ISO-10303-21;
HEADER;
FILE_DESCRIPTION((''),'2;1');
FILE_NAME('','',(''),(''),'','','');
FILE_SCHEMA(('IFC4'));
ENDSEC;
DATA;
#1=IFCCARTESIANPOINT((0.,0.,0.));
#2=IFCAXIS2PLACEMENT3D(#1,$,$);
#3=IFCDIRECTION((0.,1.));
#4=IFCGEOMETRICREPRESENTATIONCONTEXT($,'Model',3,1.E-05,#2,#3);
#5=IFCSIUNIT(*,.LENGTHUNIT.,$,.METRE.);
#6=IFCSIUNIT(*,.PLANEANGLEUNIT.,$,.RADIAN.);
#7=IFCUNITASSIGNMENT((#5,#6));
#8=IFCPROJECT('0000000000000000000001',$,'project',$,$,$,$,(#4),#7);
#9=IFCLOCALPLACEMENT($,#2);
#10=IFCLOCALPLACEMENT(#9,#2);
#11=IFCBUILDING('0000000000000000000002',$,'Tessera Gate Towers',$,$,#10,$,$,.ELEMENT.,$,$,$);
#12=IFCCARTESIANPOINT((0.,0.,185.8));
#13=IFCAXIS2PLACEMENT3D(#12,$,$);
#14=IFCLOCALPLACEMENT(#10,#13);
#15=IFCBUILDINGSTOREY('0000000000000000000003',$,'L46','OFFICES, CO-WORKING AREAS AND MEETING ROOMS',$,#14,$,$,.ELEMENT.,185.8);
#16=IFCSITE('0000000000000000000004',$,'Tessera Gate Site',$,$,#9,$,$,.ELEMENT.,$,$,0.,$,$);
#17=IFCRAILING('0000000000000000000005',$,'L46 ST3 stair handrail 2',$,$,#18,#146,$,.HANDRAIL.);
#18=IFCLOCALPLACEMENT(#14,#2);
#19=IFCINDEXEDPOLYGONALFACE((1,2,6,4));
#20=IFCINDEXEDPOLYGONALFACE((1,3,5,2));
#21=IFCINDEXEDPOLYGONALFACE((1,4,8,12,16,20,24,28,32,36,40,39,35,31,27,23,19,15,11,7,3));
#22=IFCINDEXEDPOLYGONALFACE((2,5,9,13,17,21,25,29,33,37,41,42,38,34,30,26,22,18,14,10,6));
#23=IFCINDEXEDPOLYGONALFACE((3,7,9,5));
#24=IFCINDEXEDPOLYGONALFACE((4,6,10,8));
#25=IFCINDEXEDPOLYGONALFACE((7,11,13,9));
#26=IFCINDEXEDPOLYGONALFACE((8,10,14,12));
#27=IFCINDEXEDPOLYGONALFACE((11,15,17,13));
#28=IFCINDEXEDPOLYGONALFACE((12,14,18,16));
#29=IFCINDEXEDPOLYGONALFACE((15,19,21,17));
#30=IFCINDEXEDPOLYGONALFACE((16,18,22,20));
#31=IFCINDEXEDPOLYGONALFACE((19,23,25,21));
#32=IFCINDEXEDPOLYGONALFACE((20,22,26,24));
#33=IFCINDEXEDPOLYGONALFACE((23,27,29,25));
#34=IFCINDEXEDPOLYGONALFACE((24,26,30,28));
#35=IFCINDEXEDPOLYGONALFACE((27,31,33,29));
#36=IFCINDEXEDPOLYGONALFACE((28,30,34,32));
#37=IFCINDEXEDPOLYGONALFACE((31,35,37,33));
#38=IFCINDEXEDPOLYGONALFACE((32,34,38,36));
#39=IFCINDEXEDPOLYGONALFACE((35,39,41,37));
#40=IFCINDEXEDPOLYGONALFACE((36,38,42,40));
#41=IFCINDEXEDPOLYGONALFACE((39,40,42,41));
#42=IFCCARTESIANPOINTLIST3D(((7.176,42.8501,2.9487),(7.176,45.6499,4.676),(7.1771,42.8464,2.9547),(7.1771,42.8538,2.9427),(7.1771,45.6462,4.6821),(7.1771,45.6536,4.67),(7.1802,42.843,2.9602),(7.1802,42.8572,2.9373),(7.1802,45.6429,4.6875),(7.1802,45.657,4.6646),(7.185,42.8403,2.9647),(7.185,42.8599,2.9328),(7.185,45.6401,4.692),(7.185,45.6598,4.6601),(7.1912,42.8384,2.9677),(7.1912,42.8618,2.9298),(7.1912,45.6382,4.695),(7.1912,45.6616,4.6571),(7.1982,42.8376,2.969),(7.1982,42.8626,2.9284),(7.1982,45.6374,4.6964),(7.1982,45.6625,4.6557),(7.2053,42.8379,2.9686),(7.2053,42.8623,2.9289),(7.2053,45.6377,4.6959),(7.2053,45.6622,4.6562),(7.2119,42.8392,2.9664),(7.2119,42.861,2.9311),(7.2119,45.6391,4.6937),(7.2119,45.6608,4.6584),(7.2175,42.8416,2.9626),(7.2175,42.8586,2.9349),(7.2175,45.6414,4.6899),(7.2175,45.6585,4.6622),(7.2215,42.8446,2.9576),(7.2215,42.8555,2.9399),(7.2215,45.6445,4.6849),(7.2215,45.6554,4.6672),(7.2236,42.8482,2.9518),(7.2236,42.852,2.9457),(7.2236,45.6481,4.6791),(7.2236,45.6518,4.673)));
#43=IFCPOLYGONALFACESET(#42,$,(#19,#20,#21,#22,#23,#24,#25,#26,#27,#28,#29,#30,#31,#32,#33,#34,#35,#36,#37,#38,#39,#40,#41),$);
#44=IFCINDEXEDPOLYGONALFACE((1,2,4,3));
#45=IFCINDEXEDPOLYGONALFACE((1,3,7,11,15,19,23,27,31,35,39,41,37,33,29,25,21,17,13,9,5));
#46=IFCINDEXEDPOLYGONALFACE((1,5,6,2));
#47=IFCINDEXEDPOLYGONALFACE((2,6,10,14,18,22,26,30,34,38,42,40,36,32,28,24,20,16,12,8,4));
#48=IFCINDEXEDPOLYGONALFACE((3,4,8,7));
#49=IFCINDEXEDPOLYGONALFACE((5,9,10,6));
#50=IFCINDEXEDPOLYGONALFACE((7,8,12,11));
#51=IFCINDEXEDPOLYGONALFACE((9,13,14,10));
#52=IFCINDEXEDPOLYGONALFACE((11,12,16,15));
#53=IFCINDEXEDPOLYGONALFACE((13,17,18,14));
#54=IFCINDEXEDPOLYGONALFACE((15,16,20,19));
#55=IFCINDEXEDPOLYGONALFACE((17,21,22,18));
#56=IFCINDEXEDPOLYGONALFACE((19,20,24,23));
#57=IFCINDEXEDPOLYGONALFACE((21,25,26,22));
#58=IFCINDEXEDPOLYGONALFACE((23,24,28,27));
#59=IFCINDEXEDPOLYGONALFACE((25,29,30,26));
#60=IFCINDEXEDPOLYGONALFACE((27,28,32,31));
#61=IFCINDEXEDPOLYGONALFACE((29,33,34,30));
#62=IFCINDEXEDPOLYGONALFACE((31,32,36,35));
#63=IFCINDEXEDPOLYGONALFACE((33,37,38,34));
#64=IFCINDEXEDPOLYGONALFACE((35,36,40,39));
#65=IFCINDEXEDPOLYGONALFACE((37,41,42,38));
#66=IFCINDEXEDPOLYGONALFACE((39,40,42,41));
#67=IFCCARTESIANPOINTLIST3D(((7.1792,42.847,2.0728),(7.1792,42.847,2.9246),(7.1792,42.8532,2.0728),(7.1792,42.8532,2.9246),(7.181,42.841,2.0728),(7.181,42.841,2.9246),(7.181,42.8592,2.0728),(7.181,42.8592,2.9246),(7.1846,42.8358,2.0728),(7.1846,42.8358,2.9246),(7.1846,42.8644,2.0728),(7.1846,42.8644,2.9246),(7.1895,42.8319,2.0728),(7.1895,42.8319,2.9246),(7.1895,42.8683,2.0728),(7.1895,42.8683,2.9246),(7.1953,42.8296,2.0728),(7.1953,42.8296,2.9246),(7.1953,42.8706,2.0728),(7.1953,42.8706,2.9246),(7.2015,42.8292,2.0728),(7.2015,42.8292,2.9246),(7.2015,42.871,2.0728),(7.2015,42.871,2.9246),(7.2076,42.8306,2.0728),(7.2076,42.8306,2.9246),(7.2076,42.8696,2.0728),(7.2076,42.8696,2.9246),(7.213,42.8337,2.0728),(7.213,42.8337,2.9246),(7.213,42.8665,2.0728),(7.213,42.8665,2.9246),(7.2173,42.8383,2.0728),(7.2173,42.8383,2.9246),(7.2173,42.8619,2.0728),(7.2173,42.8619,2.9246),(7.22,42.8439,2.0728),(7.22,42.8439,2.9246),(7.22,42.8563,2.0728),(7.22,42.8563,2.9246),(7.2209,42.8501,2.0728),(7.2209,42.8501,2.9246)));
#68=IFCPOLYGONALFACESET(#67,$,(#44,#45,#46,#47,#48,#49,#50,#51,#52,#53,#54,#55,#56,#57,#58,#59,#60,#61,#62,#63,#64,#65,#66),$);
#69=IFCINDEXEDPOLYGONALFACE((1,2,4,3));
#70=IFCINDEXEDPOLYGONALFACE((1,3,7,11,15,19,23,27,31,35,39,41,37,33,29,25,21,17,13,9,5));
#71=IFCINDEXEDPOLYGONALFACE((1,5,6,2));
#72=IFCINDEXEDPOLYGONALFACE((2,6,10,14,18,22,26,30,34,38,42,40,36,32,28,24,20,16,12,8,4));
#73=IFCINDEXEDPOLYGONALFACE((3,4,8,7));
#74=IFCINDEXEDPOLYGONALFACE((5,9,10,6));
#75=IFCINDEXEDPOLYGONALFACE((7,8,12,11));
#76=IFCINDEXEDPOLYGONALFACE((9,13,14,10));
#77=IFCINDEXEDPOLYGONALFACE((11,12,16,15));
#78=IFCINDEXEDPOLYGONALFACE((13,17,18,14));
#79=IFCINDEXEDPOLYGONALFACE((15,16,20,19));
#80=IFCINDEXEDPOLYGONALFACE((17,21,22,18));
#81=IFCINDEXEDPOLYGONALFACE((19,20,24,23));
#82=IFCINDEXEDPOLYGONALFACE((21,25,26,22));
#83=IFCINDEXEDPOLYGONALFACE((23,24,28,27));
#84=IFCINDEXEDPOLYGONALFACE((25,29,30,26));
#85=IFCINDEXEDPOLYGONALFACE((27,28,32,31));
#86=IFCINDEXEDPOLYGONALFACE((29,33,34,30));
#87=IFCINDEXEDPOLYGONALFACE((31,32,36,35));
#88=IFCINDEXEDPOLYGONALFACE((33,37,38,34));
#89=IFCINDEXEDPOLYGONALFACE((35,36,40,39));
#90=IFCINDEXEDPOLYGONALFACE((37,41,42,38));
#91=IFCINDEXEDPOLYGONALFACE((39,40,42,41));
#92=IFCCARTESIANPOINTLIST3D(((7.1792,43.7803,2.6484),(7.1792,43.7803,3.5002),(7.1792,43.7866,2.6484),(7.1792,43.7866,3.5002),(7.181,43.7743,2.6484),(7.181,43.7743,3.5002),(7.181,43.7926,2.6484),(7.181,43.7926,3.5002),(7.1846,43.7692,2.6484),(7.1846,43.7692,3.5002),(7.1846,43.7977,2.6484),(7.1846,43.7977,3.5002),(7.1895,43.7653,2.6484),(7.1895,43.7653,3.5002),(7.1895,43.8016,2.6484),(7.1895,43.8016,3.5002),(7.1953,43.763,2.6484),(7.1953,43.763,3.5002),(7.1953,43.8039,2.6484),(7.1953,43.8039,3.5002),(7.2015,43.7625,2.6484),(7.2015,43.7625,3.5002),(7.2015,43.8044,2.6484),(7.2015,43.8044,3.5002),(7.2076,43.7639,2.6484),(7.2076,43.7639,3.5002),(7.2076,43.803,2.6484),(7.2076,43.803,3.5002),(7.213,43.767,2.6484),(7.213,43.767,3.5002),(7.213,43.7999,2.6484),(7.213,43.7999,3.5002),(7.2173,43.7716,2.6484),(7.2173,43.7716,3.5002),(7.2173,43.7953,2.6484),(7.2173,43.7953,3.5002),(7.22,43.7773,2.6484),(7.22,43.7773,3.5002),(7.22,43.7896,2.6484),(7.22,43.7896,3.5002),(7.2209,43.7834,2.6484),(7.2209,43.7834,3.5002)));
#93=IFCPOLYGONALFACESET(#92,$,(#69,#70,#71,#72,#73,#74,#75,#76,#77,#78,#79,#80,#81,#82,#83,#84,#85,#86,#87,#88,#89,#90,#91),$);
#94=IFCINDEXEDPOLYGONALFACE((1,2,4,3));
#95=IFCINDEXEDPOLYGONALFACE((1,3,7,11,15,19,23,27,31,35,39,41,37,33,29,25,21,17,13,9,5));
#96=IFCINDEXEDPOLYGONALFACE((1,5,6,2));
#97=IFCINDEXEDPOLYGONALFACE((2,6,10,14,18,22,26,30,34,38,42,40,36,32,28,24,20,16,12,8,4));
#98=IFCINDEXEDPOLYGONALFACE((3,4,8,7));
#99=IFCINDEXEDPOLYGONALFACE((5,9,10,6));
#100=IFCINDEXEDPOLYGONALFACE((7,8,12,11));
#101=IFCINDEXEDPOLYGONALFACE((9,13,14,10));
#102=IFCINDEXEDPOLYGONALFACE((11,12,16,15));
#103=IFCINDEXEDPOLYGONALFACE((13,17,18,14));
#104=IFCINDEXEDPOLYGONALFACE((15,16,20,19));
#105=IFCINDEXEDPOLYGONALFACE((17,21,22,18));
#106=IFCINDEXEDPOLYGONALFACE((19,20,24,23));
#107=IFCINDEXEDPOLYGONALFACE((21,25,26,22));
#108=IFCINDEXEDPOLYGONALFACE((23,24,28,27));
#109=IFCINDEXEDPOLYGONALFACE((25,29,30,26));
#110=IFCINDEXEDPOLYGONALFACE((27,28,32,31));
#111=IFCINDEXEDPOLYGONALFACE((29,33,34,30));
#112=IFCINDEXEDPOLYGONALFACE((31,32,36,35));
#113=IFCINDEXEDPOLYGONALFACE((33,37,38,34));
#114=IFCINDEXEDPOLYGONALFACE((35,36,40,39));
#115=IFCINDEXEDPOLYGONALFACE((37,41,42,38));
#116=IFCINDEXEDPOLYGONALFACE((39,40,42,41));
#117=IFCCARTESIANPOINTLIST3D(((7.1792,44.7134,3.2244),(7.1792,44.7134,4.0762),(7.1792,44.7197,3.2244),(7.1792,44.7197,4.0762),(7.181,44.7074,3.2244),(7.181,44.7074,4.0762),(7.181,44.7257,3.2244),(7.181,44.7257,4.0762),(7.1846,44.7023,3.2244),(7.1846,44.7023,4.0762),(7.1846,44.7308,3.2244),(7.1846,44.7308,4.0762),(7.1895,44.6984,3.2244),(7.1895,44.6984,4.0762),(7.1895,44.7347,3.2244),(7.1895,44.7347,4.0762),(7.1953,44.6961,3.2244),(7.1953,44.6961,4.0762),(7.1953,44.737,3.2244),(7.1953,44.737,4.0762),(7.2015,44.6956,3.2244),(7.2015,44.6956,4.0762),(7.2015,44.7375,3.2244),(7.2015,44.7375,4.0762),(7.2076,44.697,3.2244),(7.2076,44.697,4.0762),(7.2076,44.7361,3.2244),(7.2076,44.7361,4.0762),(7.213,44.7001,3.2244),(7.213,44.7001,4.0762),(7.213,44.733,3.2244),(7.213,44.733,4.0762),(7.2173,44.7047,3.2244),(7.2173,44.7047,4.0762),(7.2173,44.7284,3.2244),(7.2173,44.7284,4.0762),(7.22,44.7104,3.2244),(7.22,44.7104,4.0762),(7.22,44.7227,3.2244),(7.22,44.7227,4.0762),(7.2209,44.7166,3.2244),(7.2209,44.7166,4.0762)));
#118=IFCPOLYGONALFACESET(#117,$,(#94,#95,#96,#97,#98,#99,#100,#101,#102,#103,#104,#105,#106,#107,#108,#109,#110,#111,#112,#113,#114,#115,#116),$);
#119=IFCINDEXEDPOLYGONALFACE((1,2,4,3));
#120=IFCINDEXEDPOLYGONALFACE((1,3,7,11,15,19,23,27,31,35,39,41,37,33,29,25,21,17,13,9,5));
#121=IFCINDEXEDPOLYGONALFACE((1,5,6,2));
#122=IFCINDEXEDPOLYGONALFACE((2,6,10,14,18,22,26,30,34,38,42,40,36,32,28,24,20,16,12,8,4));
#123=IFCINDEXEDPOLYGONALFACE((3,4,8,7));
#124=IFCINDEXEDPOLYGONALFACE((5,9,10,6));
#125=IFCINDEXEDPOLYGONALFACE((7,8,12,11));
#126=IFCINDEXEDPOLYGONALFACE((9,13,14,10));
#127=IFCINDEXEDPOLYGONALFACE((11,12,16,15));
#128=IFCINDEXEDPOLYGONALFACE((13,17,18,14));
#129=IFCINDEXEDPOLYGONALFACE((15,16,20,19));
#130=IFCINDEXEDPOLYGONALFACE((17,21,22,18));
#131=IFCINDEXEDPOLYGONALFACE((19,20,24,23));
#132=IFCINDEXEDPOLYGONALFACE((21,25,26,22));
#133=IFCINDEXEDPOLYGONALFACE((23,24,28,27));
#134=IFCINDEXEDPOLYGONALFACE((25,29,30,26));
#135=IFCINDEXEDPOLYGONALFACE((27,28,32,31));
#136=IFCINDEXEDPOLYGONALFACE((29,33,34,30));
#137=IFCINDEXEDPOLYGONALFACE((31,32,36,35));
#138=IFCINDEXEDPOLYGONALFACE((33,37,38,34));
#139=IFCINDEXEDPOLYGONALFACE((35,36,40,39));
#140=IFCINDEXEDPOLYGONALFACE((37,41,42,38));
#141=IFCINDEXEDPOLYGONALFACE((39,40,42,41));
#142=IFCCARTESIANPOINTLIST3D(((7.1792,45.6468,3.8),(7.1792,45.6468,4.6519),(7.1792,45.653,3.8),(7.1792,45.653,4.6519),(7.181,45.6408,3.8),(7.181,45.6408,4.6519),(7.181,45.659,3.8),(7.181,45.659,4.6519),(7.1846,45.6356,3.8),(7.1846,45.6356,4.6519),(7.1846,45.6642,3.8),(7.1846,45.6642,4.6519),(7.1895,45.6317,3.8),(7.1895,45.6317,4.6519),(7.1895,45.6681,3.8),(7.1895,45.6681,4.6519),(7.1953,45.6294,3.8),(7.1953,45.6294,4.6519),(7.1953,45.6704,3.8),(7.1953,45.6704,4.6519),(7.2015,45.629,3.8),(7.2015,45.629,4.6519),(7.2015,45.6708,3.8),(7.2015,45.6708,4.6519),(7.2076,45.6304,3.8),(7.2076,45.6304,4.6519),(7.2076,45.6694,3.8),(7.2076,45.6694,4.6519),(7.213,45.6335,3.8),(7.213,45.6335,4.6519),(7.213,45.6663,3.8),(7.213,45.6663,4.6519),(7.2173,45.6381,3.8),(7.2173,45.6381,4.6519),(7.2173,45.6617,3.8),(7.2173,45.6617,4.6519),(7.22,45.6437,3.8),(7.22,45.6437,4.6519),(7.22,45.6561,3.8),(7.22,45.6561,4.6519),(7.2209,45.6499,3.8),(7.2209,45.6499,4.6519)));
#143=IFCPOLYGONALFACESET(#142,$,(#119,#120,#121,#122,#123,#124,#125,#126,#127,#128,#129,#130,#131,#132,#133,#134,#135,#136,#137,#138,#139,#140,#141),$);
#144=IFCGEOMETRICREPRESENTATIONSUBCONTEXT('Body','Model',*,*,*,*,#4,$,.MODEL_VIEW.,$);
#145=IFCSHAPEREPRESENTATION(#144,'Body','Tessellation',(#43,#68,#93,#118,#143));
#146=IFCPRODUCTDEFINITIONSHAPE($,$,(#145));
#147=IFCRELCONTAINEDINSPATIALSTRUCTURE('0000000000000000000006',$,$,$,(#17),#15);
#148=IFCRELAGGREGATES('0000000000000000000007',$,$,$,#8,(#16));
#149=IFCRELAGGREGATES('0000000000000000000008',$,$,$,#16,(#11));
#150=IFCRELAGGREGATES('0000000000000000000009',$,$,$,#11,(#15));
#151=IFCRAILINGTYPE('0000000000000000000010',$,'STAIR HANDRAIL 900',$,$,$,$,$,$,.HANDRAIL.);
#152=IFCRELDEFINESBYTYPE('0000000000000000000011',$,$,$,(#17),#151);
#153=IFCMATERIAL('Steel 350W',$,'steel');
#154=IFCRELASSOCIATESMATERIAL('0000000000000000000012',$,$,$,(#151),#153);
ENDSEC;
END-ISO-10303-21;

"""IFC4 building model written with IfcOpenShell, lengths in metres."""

from ifc_helpers import new_model, si_unit, direction, frame, origin, origin_2d, place, context, subcontext, project, spatial, circle, extrude, material, type_object, element, save


model = new_model("IFC4")

# Units and contexts
model_context = context("Model", 3, precision=1e-05, world=origin(), true_north=direction((0.0, 1.0)))
body_context = subcontext(model_context, "Body", "Model", "MODEL_VIEW")
ifc_project = project(units=[si_unit("LENGTHUNIT", "METRE"), si_unit("PLANEANGLEUNIT", "RADIAN")], contexts=[model_context])

# Site, building, storey
site_placement = place(None, origin())
site = spatial("IfcSite", under=ifc_project, at=site_placement, Name="Tessera Gate Site", CompositionType="ELEMENT", RefElevation=0.0)
building_placement = place(site_placement, origin())
building = spatial("IfcBuilding", under=site, at=building_placement, Name="Tessera Gate Towers", CompositionType="ELEMENT")
storey_placement = place(building_placement, frame((0.0, 0.0, 185.8)))
storey = spatial("IfcBuildingStorey", under=building, at=storey_placement, Name="L46", Description="OFFICES, CO-WORKING AREAS AND MEETING ROOMS", CompositionType="ELEMENT", Elevation=185.8)

# Railing
ifc_material_1 = material(Name="Steel 350W", Category="steel")
railing_type = type_object("IfcRailingType", Name="STAIR HANDRAIL 900", PredefinedType="HANDRAIL", material=ifc_material_1)
railing_1_placement = place(storey_placement, frame((7.2, 42.8501, 2.0728)))
element("IfcRailing", 1, at=railing_1_placement, inside=storey, type_object=railing_type, Name="L46 ST3 stair handrail 2", PredefinedType="HANDRAIL", context=body_context, shape_type="SweptSolid", body=[
    extrude(circle(Radius=0.0239, at=origin_2d()), frame((0.0, 0.0, 0.876), z_axis=(0.0, 0.851069, 0.525054), x_axis=(-1.0, 0.0, 0.0)), (0.0, 0.0, 1.0), 3.2898),
    extrude(circle(Radius=0.021, at=origin_2d()), origin(), (0.0, 0.0, 1.0), 0.8518),
    extrude(circle(Radius=0.021, at=origin_2d()), frame((0.0, 0.9333, 0.5757)), (0.0, 0.0, 1.0), 0.8518),
    extrude(circle(Radius=0.021, at=origin_2d()), frame((0.0, 1.8665, 1.1516)), (0.0, 0.0, 1.0), 0.8518),
    extrude(circle(Radius=0.021, at=origin_2d()), frame((0.0, 2.7998, 1.7273)), (0.0, 0.0, 1.0), 0.8518),
])

save(model, "model.ifc")
